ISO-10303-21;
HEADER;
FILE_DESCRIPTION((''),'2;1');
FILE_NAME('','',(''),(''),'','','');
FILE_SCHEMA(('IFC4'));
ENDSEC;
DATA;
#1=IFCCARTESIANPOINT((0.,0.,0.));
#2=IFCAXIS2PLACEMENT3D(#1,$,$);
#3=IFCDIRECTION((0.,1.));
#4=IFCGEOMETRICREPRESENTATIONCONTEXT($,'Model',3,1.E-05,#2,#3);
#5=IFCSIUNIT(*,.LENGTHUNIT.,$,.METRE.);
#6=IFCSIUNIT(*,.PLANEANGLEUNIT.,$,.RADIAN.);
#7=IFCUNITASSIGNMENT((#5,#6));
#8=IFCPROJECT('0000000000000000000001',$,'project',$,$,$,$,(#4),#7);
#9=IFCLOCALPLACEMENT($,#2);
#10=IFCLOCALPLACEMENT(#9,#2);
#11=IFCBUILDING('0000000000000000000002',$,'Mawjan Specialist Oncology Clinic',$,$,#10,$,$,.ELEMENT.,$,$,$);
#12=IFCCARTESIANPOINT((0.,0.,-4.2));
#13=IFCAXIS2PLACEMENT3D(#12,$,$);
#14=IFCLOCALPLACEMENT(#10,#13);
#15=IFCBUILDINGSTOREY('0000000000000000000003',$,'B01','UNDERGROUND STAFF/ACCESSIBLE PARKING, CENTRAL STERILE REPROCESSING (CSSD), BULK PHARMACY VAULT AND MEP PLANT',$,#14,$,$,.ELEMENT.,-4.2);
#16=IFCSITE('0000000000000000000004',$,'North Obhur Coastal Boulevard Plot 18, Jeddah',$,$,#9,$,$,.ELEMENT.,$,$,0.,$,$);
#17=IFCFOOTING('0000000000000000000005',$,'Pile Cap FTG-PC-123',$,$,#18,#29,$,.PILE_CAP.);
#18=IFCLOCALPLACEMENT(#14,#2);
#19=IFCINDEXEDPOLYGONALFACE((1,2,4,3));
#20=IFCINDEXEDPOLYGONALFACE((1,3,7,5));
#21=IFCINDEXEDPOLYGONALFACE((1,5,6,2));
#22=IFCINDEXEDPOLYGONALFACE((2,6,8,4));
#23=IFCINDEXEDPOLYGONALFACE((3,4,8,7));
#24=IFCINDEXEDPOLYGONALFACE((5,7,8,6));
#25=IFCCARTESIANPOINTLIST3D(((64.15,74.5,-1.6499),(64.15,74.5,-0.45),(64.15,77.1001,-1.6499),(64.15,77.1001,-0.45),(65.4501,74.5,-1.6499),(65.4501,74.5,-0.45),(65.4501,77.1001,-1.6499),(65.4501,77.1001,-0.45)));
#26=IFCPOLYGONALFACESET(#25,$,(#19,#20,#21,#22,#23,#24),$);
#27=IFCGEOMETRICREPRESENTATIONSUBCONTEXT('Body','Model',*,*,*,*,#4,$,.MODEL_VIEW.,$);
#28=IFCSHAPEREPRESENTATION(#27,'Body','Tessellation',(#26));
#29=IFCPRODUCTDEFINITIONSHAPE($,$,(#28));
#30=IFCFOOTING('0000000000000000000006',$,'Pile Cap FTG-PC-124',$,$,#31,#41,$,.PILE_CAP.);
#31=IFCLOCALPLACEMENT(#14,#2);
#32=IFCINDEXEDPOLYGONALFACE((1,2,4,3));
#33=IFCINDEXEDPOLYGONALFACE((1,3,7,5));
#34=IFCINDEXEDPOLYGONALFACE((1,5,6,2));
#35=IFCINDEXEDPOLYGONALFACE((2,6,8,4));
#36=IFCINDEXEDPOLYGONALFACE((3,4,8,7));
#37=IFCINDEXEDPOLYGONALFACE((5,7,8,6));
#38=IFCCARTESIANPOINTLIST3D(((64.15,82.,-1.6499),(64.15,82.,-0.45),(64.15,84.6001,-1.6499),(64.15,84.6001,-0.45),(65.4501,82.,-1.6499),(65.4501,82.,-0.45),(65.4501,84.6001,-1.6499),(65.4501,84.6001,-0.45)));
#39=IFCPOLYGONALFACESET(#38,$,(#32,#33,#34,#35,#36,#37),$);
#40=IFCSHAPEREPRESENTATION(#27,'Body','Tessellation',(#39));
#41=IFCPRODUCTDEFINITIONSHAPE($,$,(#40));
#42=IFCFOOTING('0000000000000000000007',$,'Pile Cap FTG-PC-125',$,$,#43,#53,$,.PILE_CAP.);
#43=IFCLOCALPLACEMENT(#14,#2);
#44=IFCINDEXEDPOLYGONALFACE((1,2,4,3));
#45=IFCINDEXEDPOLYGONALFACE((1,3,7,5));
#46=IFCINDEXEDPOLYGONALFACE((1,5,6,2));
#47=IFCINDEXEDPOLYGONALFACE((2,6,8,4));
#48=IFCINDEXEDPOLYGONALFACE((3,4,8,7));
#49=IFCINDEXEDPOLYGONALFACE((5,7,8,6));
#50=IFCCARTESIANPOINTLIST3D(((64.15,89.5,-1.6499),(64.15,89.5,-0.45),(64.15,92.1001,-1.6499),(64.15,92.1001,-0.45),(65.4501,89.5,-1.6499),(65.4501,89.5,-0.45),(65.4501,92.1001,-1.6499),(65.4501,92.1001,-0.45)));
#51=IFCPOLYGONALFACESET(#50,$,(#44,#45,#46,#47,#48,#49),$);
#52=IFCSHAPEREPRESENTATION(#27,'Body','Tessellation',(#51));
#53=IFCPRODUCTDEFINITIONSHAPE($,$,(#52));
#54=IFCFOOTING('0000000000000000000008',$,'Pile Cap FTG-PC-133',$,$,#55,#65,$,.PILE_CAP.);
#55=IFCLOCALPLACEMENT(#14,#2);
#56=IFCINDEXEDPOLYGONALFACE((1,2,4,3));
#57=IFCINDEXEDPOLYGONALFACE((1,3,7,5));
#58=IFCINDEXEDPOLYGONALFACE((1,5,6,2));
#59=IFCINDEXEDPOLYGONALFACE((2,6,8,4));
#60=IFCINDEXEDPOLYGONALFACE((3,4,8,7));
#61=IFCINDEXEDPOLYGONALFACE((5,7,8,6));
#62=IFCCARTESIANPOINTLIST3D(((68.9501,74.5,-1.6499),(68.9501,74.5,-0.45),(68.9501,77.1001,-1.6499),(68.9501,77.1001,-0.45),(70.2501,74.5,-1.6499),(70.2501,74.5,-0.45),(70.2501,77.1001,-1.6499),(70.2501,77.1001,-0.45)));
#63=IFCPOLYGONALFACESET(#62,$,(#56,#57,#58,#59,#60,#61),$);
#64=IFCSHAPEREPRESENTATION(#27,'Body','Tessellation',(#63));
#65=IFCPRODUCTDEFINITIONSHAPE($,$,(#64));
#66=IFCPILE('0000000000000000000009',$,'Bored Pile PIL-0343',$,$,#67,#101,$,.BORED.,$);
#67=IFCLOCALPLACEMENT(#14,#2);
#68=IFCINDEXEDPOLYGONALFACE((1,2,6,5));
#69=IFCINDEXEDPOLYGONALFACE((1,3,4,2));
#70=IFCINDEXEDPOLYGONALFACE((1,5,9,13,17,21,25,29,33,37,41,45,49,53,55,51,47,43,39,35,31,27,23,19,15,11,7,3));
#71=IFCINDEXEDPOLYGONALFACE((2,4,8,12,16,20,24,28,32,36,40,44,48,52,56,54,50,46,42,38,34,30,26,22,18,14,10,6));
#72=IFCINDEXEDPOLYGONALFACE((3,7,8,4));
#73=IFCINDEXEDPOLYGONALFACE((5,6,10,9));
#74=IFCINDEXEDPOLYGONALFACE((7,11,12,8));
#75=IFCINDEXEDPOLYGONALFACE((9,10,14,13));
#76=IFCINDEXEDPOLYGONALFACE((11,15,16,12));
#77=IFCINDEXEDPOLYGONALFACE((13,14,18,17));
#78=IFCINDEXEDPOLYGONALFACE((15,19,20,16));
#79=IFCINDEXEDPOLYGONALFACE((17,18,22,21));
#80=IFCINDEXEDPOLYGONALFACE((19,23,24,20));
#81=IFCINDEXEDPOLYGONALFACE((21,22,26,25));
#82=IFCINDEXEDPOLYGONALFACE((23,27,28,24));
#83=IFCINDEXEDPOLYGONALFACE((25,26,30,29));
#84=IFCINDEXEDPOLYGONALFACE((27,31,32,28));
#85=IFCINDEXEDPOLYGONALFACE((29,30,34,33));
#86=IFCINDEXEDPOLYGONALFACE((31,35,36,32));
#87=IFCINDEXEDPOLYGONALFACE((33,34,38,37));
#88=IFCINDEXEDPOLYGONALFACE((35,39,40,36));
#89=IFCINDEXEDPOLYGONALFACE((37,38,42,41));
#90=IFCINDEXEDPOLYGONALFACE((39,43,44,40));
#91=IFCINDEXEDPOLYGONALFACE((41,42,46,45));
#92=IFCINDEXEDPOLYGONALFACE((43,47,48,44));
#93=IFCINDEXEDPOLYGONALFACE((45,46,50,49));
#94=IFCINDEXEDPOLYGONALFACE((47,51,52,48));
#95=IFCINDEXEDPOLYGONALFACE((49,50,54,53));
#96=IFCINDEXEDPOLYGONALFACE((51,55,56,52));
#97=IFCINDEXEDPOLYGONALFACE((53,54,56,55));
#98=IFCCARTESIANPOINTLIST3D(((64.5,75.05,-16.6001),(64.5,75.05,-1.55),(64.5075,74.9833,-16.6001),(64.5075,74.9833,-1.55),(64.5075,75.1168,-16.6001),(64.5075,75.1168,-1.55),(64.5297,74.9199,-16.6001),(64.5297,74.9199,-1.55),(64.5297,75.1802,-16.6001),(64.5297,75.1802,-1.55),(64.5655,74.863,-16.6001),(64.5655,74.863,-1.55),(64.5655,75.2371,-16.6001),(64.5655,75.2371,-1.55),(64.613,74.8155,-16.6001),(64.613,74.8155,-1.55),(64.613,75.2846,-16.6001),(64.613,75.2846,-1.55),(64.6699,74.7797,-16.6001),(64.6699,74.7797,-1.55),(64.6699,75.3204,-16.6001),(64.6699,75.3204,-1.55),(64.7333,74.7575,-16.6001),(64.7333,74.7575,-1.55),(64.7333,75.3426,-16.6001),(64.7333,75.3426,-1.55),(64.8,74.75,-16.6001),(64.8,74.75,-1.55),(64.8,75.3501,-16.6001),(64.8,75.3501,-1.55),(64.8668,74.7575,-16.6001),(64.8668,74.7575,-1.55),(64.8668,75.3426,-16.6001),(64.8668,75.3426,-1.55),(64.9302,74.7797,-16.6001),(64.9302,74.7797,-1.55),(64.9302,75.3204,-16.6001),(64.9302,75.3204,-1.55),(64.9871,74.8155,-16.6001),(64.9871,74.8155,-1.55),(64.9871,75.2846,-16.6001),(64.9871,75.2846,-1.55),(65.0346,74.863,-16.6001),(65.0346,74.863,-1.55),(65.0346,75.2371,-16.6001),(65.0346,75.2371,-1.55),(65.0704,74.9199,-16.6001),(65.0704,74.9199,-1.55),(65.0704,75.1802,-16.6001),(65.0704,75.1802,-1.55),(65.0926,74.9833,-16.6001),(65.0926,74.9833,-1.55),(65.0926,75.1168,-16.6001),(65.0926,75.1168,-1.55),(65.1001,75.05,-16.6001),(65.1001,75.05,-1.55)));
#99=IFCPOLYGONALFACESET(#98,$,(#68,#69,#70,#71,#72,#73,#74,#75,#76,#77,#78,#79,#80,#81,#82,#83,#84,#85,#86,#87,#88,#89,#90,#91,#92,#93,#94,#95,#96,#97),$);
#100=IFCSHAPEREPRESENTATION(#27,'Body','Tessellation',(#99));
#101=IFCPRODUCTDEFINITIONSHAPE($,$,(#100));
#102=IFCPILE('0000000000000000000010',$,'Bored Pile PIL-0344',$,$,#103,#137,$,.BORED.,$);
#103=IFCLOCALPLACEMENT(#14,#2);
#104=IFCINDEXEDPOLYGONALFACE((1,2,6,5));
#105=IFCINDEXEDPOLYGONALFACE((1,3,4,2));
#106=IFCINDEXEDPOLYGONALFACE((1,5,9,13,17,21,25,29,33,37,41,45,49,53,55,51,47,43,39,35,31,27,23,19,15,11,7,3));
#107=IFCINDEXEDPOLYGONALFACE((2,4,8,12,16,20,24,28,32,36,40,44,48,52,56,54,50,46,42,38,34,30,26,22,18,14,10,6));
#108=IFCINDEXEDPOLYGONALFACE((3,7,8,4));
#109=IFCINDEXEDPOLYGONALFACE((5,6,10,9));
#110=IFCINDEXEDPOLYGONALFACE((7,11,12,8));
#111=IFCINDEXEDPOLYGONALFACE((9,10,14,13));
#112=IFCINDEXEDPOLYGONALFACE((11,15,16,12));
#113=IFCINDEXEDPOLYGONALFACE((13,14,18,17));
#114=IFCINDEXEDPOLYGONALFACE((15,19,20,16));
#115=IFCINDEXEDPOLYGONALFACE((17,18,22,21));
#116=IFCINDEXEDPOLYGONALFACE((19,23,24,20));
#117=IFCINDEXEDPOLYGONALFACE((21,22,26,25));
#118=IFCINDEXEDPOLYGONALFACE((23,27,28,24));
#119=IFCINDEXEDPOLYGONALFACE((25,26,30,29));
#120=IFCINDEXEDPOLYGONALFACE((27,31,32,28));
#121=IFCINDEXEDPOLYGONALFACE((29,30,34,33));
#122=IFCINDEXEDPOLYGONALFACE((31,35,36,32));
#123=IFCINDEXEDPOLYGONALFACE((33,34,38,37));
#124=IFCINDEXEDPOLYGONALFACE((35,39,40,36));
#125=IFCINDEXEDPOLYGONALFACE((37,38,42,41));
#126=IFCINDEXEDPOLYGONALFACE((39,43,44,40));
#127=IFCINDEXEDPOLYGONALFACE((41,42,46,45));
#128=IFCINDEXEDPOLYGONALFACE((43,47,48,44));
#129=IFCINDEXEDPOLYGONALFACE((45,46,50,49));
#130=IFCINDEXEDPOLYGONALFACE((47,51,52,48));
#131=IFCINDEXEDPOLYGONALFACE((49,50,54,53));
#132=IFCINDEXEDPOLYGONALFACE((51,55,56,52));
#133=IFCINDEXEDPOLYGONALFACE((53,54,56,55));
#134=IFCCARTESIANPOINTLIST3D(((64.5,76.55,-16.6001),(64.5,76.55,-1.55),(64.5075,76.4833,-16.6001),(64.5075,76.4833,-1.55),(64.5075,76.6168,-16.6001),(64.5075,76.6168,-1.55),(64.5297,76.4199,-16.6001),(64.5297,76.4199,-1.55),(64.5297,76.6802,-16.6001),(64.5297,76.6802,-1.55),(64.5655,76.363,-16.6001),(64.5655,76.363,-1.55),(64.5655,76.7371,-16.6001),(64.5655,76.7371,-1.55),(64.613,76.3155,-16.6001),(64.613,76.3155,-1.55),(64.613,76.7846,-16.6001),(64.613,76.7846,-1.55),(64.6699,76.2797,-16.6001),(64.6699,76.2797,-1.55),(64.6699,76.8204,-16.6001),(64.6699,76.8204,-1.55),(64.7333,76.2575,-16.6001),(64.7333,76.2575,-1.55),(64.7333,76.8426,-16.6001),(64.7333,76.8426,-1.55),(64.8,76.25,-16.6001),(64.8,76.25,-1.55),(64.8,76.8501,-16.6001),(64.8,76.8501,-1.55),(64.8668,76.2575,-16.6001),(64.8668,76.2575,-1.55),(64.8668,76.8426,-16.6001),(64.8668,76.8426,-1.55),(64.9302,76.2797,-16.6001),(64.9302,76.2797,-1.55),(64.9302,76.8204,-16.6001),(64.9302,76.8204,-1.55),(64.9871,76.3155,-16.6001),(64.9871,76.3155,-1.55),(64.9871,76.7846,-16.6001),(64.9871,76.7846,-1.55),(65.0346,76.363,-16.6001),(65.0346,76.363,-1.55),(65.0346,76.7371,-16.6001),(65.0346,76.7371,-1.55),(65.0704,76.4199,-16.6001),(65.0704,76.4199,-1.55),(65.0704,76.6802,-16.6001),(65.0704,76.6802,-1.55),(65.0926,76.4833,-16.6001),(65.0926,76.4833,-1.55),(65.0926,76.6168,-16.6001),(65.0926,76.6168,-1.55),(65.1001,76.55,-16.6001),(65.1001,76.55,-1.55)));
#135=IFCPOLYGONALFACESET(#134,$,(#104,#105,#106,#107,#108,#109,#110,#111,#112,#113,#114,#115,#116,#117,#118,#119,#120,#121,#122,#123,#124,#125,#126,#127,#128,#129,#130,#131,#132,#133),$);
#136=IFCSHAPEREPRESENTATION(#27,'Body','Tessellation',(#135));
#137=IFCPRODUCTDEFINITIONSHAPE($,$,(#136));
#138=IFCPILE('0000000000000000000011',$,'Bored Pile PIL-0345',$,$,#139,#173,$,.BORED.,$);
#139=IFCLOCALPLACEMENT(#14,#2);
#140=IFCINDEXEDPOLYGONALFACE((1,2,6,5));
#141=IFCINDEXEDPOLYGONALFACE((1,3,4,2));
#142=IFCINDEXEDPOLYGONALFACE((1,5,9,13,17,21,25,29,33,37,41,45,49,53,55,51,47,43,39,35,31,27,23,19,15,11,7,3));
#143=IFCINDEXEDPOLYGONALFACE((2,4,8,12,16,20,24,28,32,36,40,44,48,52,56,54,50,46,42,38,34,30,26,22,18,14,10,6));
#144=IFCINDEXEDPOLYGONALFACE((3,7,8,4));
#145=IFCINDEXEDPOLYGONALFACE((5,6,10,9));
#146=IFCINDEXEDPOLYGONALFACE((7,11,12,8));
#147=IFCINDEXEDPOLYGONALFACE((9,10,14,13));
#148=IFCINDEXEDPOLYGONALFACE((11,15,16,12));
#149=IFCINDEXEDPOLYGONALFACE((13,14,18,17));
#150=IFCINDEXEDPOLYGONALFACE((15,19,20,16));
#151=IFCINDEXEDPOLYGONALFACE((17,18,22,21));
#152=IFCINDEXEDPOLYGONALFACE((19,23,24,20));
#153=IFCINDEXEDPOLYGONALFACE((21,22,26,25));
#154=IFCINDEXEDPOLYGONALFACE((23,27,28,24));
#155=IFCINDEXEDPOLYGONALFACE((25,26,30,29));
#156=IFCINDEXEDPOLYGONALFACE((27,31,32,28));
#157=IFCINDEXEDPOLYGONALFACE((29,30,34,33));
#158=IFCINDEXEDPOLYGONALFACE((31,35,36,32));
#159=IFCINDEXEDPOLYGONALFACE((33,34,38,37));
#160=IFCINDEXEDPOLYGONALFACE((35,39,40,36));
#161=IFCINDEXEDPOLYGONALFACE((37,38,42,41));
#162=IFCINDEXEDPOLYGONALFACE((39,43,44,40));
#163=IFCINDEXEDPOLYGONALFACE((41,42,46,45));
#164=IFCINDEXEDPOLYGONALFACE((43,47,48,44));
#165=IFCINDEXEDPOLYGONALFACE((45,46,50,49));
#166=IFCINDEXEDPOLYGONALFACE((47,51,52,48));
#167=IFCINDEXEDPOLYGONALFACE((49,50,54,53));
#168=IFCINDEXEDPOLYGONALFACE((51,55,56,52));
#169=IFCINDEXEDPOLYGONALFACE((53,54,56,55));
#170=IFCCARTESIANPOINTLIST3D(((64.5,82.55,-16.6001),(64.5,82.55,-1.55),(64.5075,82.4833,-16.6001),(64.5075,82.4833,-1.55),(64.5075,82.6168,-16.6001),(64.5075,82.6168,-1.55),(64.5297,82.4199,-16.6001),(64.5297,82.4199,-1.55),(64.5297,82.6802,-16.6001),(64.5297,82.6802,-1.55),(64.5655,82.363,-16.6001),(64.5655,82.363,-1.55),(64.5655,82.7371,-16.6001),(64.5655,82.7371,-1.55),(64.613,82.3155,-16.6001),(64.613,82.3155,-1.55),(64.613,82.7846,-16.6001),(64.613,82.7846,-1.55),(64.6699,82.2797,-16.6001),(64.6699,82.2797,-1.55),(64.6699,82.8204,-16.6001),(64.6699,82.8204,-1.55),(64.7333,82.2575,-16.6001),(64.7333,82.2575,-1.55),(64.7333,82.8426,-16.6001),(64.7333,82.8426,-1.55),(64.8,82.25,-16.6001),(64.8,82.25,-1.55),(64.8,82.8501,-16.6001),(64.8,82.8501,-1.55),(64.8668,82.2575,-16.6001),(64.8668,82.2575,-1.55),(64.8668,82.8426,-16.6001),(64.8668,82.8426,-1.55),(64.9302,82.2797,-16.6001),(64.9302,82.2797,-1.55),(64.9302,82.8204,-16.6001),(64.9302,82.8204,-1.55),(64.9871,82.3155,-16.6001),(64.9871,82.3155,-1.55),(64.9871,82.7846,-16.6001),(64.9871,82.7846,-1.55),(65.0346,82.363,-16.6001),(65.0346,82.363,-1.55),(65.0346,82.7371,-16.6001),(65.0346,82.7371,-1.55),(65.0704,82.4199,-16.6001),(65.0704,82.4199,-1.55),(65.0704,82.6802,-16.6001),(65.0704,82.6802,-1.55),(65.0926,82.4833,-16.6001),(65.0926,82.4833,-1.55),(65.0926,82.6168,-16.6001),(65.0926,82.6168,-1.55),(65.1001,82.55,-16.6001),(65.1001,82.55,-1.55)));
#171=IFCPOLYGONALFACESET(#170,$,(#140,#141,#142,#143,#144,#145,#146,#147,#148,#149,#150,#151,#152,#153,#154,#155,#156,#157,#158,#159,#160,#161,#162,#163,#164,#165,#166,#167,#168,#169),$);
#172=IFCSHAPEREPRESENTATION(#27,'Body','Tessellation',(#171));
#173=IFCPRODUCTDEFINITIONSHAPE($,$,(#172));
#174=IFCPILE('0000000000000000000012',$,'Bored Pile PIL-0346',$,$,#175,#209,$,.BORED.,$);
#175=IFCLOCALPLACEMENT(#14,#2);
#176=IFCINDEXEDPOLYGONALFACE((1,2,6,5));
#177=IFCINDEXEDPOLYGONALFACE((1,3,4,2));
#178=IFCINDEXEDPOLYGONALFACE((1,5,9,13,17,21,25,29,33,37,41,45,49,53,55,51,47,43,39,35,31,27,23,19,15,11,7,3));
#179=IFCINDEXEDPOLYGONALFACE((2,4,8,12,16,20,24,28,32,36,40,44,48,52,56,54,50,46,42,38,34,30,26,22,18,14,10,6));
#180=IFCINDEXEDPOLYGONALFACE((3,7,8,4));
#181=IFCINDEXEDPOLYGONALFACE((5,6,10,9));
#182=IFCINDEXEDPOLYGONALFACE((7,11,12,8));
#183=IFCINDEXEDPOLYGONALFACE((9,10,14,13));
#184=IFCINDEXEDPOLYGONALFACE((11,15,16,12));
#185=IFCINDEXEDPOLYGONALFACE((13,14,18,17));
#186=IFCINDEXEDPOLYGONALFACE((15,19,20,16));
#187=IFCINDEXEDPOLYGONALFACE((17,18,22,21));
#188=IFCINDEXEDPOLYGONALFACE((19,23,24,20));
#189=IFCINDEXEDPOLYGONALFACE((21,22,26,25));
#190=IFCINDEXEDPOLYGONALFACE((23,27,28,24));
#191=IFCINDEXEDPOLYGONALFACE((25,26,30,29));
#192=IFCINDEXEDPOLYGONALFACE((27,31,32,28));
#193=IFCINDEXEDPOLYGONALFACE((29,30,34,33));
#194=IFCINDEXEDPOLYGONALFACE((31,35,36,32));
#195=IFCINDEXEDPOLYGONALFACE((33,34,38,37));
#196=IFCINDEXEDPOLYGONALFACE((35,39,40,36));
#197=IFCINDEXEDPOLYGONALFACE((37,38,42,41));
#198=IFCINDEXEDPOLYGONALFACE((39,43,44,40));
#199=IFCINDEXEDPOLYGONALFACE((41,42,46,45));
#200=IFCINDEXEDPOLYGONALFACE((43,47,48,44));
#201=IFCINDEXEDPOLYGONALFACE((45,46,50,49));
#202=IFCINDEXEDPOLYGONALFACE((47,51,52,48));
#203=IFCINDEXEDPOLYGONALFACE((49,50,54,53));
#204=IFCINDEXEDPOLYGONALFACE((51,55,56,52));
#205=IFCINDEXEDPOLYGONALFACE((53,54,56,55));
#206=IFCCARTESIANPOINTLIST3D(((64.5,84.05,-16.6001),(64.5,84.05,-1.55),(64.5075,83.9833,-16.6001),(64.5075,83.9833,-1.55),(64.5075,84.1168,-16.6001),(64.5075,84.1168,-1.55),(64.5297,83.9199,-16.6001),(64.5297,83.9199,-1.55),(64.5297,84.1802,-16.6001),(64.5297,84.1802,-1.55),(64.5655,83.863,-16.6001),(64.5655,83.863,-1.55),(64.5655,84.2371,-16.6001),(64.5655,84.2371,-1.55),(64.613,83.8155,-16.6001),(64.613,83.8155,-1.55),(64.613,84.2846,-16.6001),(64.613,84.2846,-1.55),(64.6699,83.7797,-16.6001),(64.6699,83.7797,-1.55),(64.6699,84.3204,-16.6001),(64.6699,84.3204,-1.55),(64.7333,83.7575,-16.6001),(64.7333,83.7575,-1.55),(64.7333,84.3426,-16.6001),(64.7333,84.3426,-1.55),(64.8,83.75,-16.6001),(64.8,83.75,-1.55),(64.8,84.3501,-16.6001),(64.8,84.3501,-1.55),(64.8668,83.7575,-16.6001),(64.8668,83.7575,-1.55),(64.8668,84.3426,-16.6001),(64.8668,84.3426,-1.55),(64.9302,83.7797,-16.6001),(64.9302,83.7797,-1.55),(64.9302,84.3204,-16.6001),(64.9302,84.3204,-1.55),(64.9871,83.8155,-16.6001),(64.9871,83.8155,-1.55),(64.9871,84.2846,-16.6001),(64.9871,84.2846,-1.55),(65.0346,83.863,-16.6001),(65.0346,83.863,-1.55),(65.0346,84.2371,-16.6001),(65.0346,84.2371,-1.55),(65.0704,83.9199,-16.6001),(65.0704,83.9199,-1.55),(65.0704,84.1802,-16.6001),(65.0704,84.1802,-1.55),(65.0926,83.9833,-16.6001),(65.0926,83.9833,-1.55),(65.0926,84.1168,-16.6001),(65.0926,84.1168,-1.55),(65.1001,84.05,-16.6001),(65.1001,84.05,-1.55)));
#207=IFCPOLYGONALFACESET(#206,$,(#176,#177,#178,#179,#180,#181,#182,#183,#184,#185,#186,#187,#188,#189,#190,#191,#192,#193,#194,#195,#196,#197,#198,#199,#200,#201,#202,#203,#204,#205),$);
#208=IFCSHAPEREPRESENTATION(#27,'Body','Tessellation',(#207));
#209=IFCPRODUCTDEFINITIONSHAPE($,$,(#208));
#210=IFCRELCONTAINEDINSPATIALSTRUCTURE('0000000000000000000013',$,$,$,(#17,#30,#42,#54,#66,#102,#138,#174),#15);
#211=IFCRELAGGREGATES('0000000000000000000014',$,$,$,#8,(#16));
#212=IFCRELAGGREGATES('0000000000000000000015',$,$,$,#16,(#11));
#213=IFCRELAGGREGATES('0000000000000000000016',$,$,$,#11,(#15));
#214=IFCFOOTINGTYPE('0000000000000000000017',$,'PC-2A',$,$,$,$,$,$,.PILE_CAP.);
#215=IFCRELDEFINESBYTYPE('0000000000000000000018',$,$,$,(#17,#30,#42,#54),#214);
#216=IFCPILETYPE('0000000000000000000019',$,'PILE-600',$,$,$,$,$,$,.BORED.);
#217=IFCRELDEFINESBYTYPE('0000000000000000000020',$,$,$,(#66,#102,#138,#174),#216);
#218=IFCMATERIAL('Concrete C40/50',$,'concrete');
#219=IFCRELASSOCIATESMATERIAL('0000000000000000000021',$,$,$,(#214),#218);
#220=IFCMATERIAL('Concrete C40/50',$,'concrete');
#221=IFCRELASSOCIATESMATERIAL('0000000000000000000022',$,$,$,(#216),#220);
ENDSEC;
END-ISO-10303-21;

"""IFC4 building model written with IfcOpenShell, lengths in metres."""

from ifc_helpers import new_model, si_unit, direction, frame, origin, origin_2d, place, context, subcontext, project, spatial, rectangle, circle, extrude, material, material_profile, profile_set, type_object, element, save


model = new_model("IFC4")

# Units and contexts
model_context = context("Model", 3, precision=1e-05, world=origin(), true_north=direction((0.0, 1.0)))
body_context = subcontext(model_context, "Body", "Model", "MODEL_VIEW")
ifc_project = project(units=[si_unit("LENGTHUNIT", "METRE"), si_unit("PLANEANGLEUNIT", "RADIAN")], contexts=[model_context])

# Site, building, storey
site_placement = place(None, origin())
site = spatial("IfcSite", under=ifc_project, at=site_placement, Name="North Obhur Coastal Boulevard Plot 18, Jeddah", CompositionType="ELEMENT", RefElevation=0.0)
building_placement = place(site_placement, origin())
building = spatial("IfcBuilding", under=site, at=building_placement, Name="Mawjan Specialist Oncology Clinic", CompositionType="ELEMENT")
storey_placement = place(building_placement, frame((0.0, 0.0, -4.2)))
storey = spatial("IfcBuildingStorey", under=building, at=storey_placement, Name="B01", Description="UNDERGROUND STAFF/ACCESSIBLE PARKING, CENTRAL STERILE REPROCESSING (CSSD), BULK PHARMACY VAULT AND MEP PLANT", CompositionType="ELEMENT", Elevation=-4.2)

# Footings
ifc_material_1 = material(Name="Concrete C40/50", Category="concrete")
footing_type_1 = type_object("IfcFootingType", Name="PC-2A", PredefinedType="PILE_CAP", material=ifc_material_1)
for number, where, z_axis, x_axis, name in (
    (1, (64.8, 75.8, -1.6499), (0.0, 0.0, 1.0), (0.0, 1.0, 0.0), "Pile Cap FTG-PC-123"),
    (2, (64.8, 83.3, -1.6499), (0.0, 0.0, 1.0), (0.0, 1.0, 0.0), "Pile Cap FTG-PC-124"),
    (3, (64.8, 90.8, -1.6499), (0.0, 0.0, 1.0), (0.0, 1.0, 0.0), "Pile Cap FTG-PC-125"),
    (4, (69.6001, 75.8, -1.6499), (0.0, 0.0, 1.0), (0.0, 1.0, 0.0), "Pile Cap FTG-PC-133"),
):
    element("IfcFooting", number, at=place(storey_placement, frame(where, z_axis=z_axis, x_axis=x_axis)), inside=storey, type_object=footing_type_1, Name=name, PredefinedType="PILE_CAP", context=body_context, shape_type="SweptSolid", body=[
        extrude(rectangle(XDim=2.6001, YDim=1.3, at=origin_2d()), origin(), (0.0, 0.0, 1.0), 1.2),
    ])

# Piles
ifc_material_2 = material(Name="Concrete C40/50", Category="concrete")
ifc_material_profile_1 = material_profile(ifc_material_2, circle(Radius=0.3, at=origin_2d()), Name="BORED PILE D600", Category="concrete")
ifc_profile_set_1 = profile_set([ifc_material_profile_1], Name="Concrete C40/50")
pile_type = type_object("IfcPileType", Name="PILE-600", PredefinedType="BORED", material=ifc_profile_set_1)
for number, where, z_axis, x_axis, name in (
    (5, (64.8, 75.05, -1.55), (0.0, 0.0, -1.0), (1.0, 0.0, 0.0), "Bored Pile PIL-0343"),
    (6, (64.8, 76.55, -1.55), (0.0, 0.0, -1.0), (1.0, 0.0, 0.0), "Bored Pile PIL-0344"),
    (7, (64.8, 82.55, -1.55), (0.0, 0.0, -1.0), (1.0, 0.0, 0.0), "Bored Pile PIL-0345"),
    (8, (64.8, 84.05, -1.55), (0.0, 0.0, -1.0), (1.0, 0.0, 0.0), "Bored Pile PIL-0346"),
):
    element("IfcPile", number, at=place(storey_placement, frame(where, z_axis=z_axis, x_axis=x_axis)), inside=storey, type_object=pile_type, Name=name, PredefinedType="BORED", context=body_context, shape_type="SweptSolid", body=[
        extrude(circle(Radius=0.3, at=origin_2d()), origin(), (0.0, 0.0, 1.0), 15.05),
    ])

save(model, "model.ifc")
